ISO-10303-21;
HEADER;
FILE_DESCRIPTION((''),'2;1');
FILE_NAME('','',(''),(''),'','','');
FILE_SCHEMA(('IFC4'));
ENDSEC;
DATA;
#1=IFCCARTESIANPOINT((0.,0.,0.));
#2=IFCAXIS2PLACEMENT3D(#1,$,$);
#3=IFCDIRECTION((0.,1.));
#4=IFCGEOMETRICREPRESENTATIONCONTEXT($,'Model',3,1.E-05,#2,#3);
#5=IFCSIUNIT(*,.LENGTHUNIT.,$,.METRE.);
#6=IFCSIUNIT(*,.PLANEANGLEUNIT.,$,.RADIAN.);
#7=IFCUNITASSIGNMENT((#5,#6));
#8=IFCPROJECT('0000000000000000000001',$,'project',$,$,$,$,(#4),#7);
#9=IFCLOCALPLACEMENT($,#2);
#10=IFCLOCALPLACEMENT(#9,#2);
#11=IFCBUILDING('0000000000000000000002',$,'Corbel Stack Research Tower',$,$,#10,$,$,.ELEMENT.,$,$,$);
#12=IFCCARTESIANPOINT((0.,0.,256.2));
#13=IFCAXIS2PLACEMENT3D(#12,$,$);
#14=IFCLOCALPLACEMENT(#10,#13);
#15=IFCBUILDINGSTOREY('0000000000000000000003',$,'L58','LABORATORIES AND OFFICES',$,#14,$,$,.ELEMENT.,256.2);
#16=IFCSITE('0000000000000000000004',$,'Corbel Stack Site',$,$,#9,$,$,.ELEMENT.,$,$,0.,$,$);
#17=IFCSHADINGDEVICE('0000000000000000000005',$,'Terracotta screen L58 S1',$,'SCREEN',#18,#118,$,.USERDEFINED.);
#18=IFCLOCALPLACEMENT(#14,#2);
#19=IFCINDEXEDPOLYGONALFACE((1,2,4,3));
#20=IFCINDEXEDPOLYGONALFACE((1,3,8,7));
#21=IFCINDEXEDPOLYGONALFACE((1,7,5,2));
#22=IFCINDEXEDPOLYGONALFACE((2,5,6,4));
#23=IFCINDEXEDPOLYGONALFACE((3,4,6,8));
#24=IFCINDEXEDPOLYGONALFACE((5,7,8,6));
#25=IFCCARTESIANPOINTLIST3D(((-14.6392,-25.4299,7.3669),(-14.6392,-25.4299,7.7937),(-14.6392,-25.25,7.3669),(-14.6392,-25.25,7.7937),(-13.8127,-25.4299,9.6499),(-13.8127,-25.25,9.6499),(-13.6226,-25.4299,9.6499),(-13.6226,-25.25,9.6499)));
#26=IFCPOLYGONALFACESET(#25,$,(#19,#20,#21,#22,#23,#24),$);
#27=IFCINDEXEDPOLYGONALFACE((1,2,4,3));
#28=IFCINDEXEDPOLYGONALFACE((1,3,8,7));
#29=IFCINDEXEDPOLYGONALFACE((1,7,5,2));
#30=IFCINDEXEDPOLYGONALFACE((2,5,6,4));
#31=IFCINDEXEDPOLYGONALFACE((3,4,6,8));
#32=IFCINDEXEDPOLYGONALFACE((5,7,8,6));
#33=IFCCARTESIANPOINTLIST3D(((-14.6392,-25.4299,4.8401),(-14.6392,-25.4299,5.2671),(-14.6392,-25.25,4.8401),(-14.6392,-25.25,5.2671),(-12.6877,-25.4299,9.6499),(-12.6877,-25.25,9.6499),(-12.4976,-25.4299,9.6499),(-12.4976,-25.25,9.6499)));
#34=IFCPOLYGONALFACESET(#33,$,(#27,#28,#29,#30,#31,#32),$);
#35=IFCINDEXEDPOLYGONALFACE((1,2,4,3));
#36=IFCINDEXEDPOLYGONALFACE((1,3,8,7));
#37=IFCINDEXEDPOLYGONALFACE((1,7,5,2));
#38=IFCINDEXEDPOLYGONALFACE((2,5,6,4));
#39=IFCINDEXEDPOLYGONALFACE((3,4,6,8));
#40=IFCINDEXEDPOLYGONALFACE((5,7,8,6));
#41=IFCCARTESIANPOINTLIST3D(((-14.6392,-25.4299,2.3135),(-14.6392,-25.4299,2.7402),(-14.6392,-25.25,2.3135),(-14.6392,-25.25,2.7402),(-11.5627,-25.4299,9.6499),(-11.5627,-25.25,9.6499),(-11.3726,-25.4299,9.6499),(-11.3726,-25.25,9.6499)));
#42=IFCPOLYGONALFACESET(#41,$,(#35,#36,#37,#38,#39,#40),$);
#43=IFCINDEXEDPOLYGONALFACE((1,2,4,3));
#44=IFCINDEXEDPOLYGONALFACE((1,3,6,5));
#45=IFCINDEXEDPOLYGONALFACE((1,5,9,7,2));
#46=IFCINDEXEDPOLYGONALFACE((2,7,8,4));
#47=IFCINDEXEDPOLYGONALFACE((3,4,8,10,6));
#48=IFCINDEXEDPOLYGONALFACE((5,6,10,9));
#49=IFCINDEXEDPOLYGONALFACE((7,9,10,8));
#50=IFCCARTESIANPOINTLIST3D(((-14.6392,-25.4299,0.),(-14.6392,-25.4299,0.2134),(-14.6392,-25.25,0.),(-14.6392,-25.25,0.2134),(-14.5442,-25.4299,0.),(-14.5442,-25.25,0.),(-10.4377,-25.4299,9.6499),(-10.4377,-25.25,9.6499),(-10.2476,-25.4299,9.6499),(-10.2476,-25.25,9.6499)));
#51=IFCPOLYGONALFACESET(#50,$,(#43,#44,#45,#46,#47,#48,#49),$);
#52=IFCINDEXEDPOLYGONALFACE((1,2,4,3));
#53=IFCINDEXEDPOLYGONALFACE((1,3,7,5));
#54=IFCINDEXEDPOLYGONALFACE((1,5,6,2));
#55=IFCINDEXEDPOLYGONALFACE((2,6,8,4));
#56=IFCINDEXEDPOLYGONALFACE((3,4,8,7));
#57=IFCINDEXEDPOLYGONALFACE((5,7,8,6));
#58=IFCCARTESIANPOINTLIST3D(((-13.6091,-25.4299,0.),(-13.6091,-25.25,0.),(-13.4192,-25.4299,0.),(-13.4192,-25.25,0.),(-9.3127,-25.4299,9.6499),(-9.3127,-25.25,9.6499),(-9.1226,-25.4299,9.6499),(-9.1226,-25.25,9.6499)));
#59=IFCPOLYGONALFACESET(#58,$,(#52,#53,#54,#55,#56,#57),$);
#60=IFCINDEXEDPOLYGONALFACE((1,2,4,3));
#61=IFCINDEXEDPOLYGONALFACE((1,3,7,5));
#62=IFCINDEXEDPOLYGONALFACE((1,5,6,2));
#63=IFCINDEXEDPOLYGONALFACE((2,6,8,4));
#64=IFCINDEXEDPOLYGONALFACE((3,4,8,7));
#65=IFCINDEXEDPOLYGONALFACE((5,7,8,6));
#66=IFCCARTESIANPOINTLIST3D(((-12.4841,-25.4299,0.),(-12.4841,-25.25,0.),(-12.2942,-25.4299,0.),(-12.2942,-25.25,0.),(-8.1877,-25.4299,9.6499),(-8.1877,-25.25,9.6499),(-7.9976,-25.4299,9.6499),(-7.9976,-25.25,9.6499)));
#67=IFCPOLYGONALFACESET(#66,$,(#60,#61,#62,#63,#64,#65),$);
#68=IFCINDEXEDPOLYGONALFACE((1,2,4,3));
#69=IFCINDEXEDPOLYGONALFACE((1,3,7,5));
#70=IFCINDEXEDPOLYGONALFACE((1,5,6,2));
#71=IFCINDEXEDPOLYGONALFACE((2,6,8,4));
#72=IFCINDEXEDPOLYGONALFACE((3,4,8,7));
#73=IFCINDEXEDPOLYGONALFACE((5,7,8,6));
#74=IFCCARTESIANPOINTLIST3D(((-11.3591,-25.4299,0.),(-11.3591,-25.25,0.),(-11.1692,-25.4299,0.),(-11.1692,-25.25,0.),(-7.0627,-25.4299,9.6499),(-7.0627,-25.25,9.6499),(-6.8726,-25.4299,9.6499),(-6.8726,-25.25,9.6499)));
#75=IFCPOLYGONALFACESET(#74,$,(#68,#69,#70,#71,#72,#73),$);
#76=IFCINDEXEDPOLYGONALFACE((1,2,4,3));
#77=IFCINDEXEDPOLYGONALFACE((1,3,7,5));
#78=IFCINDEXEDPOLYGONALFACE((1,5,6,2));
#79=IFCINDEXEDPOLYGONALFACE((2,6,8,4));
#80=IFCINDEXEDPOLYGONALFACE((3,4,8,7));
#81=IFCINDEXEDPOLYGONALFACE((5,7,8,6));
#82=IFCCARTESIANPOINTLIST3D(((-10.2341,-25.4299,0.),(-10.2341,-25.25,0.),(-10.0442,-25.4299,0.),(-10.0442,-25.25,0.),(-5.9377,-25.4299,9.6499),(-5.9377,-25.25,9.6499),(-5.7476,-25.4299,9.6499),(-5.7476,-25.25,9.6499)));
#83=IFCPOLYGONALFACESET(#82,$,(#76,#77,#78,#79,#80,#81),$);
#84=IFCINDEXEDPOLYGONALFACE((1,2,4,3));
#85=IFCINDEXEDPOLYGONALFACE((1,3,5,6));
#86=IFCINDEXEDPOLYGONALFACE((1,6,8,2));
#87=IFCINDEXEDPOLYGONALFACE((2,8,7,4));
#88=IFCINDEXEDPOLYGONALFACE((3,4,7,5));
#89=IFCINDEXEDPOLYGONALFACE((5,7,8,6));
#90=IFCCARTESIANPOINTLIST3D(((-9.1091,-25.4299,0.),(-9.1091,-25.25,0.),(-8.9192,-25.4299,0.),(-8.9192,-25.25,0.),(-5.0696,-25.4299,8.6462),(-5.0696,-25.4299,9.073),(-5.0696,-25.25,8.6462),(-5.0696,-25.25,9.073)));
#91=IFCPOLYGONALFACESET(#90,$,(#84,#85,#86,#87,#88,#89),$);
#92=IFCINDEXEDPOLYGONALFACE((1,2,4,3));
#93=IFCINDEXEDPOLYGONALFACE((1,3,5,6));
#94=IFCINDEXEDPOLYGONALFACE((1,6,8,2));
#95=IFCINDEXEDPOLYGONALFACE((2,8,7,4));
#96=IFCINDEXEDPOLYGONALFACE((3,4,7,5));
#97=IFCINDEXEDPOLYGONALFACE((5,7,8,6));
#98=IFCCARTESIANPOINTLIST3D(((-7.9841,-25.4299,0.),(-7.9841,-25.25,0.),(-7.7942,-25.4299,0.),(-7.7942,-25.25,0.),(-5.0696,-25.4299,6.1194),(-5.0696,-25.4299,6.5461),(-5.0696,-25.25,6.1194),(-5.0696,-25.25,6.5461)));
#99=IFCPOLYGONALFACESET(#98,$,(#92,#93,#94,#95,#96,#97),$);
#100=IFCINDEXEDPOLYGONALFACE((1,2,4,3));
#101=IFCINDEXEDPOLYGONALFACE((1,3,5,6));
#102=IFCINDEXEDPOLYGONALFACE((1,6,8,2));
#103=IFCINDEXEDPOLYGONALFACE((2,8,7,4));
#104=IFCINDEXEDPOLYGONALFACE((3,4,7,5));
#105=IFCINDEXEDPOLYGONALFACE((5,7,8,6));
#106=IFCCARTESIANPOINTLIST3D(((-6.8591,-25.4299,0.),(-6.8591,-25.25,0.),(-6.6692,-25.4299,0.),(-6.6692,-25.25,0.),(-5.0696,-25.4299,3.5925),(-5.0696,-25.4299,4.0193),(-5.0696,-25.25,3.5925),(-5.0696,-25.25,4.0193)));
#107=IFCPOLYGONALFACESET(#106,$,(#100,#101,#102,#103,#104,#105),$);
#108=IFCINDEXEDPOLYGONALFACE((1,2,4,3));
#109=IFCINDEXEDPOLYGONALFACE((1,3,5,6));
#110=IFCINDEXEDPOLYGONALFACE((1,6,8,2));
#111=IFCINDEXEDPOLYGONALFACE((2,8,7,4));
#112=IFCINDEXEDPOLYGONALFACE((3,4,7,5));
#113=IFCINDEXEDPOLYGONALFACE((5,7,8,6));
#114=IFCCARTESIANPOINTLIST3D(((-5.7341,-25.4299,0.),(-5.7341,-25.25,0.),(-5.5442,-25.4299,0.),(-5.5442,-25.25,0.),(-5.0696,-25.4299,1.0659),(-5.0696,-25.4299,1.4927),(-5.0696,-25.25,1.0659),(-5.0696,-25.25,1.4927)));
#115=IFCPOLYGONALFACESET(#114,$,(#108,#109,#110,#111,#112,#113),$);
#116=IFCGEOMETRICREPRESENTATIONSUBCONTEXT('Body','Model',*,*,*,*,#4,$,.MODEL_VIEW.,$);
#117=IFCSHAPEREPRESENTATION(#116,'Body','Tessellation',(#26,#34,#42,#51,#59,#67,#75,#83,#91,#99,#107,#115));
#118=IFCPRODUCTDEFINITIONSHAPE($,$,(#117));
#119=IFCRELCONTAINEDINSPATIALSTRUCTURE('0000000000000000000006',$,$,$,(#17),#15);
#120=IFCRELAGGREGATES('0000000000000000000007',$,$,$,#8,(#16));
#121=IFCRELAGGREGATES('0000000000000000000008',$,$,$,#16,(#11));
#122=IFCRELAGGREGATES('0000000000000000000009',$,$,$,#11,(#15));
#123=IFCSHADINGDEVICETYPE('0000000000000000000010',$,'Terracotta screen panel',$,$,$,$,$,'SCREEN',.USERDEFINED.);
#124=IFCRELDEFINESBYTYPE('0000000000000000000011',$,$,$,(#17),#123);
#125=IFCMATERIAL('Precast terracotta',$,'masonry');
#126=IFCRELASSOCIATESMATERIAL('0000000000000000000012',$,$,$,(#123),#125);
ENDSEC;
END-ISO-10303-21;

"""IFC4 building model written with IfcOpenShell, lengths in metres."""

from ifc_helpers import new_model, si_unit, direction, frame, origin, place, context, subcontext, project, spatial, polyline, outline, extrude, source, transform, mapped, material, type_object, element, save


model = new_model("IFC4")

# Units and contexts
model_context = context("Model", 3, precision=1e-05, world=origin(), true_north=direction((0.0, 1.0)))
body_context = subcontext(model_context, "Body", "Model", "MODEL_VIEW")
ifc_project = project(units=[si_unit("LENGTHUNIT", "METRE"), si_unit("PLANEANGLEUNIT", "RADIAN")], contexts=[model_context])

# Site, building, storey
site_placement = place(None, origin())
site = spatial("IfcSite", under=ifc_project, at=site_placement, Name="Corbel Stack Site", CompositionType="ELEMENT", RefElevation=0.0)
building_placement = place(site_placement, origin())
building = spatial("IfcBuilding", under=site, at=building_placement, Name="Corbel Stack Research Tower", CompositionType="ELEMENT")
storey_placement = place(building_placement, frame((0.0, 0.0, 256.2)))
storey = spatial("IfcBuildingStorey", under=building, at=storey_placement, Name="L58", Description="LABORATORIES AND OFFICES", CompositionType="ELEMENT", Elevation=256.2)

# Shading device
ifc_material_1 = material(Name="Precast terracotta", Category="masonry")
shading_device_type = type_object("IfcShadingDeviceType", Name="Terracotta screen panel", ElementType="SCREEN", PredefinedType="USERDEFINED", material=ifc_material_1)
shared_shape_1 = source(origin(), body_context, "Body", "SweptSolid", [
    extrude(outline(polyline([(1.0166, 9.6499), (0.8264, 9.6499), (0.0, 7.7937), (0.0, 7.3669), (1.0166, 9.6499)])), frame((0.0, 0.0, 0.0), z_axis=(0.0, -1.0, 0.0), x_axis=(1.0, 0.0, 0.0)), (0.0, 0.0, 1.0), 0.1799),
    extrude(outline(polyline([(2.1416, 9.6499), (1.9514, 9.6499), (0.0, 5.2671), (0.0, 4.8401), (2.1416, 9.6499)])), frame((0.0, 0.0, 0.0), z_axis=(0.0, -1.0, 0.0), x_axis=(1.0, 0.0, 0.0)), (0.0, 0.0, 1.0), 0.1799),
    extrude(outline(polyline([(3.2666, 9.6499), (3.0764, 9.6499), (0.0, 2.7402), (0.0, 2.3135), (3.2666, 9.6499)])), frame((0.0, 0.0, 0.0), z_axis=(0.0, -1.0, 0.0), x_axis=(1.0, 0.0, 0.0)), (0.0, 0.0, 1.0), 0.1799),
    extrude(outline(polyline([(0.095, 0.0), (4.3916, 9.6499), (4.2014, 9.6499), (0.0, 0.2134), (0.0, 0.0), (0.095, 0.0)])), frame((0.0, 0.0, 0.0), z_axis=(0.0, -1.0, 0.0), x_axis=(1.0, 0.0, 0.0)), (0.0, 0.0, 1.0), 0.1799),
    extrude(outline(polyline([(1.22, 0.0), (5.5166, 9.6499), (5.3264, 9.6499), (1.03, 0.0), (1.22, 0.0)])), frame((0.0, 0.0, 0.0), z_axis=(0.0, -1.0, 0.0), x_axis=(1.0, 0.0, 0.0)), (0.0, 0.0, 1.0), 0.1799),
    extrude(outline(polyline([(2.345, 0.0), (6.6416, 9.6499), (6.4514, 9.6499), (2.155, 0.0), (2.345, 0.0)])), frame((0.0, 0.0, 0.0), z_axis=(0.0, -1.0, 0.0), x_axis=(1.0, 0.0, 0.0)), (0.0, 0.0, 1.0), 0.1799),
    extrude(outline(polyline([(3.47, 0.0), (7.7666, 9.6499), (7.5764, 9.6499), (3.28, 0.0), (3.47, 0.0)])), frame((0.0, 0.0, 0.0), z_axis=(0.0, -1.0, 0.0), x_axis=(1.0, 0.0, 0.0)), (0.0, 0.0, 1.0), 0.1799),
    extrude(outline(polyline([(4.595, 0.0), (8.8916, 9.6499), (8.7014, 9.6499), (4.405, 0.0), (4.595, 0.0)])), frame((0.0, 0.0, 0.0), z_axis=(0.0, -1.0, 0.0), x_axis=(1.0, 0.0, 0.0)), (0.0, 0.0, 1.0), 0.1799),
    extrude(outline(polyline([(5.72, 0.0), (9.5696, 8.6462), (9.5696, 9.073), (5.53, 0.0), (5.72, 0.0)])), frame((0.0, 0.0, 0.0), z_axis=(0.0, -1.0, 0.0), x_axis=(1.0, 0.0, 0.0)), (0.0, 0.0, 1.0), 0.1799),
    extrude(outline(polyline([(6.845, 0.0), (9.5696, 6.1194), (9.5696, 6.5461), (6.655, 0.0), (6.845, 0.0)])), frame((0.0, 0.0, 0.0), z_axis=(0.0, -1.0, 0.0), x_axis=(1.0, 0.0, 0.0)), (0.0, 0.0, 1.0), 0.1799),
    extrude(outline(polyline([(7.97, 0.0), (9.5696, 3.5925), (9.5696, 4.0193), (7.78, 0.0), (7.97, 0.0)])), frame((0.0, 0.0, 0.0), z_axis=(0.0, -1.0, 0.0), x_axis=(1.0, 0.0, 0.0)), (0.0, 0.0, 1.0), 0.1799),
    extrude(outline(polyline([(9.095, 0.0), (9.5696, 1.0659), (9.5696, 1.4927), (8.905, 0.0), (9.095, 0.0)])), frame((0.0, 0.0, 0.0), z_axis=(0.0, -1.0, 0.0), x_axis=(1.0, 0.0, 0.0)), (0.0, 0.0, 1.0), 0.1799),
])
shading_device_1_placement = place(storey_placement, frame((-14.6392, -25.25, 0.0), z_axis=(0.0, 0.0, 1.0), x_axis=(1.0, 0.0, 0.0)))
element("IfcShadingDevice", 1, at=shading_device_1_placement, inside=storey, type_object=shading_device_type, Name="Terracotta screen L58 S1", ObjectType="SCREEN", PredefinedType="USERDEFINED", context=body_context, shape_type="MappedRepresentation", body=[
    mapped(shared_shape_1, transform((0.0, 0.0, 0.0))),
])

save(model, "model.ifc")
